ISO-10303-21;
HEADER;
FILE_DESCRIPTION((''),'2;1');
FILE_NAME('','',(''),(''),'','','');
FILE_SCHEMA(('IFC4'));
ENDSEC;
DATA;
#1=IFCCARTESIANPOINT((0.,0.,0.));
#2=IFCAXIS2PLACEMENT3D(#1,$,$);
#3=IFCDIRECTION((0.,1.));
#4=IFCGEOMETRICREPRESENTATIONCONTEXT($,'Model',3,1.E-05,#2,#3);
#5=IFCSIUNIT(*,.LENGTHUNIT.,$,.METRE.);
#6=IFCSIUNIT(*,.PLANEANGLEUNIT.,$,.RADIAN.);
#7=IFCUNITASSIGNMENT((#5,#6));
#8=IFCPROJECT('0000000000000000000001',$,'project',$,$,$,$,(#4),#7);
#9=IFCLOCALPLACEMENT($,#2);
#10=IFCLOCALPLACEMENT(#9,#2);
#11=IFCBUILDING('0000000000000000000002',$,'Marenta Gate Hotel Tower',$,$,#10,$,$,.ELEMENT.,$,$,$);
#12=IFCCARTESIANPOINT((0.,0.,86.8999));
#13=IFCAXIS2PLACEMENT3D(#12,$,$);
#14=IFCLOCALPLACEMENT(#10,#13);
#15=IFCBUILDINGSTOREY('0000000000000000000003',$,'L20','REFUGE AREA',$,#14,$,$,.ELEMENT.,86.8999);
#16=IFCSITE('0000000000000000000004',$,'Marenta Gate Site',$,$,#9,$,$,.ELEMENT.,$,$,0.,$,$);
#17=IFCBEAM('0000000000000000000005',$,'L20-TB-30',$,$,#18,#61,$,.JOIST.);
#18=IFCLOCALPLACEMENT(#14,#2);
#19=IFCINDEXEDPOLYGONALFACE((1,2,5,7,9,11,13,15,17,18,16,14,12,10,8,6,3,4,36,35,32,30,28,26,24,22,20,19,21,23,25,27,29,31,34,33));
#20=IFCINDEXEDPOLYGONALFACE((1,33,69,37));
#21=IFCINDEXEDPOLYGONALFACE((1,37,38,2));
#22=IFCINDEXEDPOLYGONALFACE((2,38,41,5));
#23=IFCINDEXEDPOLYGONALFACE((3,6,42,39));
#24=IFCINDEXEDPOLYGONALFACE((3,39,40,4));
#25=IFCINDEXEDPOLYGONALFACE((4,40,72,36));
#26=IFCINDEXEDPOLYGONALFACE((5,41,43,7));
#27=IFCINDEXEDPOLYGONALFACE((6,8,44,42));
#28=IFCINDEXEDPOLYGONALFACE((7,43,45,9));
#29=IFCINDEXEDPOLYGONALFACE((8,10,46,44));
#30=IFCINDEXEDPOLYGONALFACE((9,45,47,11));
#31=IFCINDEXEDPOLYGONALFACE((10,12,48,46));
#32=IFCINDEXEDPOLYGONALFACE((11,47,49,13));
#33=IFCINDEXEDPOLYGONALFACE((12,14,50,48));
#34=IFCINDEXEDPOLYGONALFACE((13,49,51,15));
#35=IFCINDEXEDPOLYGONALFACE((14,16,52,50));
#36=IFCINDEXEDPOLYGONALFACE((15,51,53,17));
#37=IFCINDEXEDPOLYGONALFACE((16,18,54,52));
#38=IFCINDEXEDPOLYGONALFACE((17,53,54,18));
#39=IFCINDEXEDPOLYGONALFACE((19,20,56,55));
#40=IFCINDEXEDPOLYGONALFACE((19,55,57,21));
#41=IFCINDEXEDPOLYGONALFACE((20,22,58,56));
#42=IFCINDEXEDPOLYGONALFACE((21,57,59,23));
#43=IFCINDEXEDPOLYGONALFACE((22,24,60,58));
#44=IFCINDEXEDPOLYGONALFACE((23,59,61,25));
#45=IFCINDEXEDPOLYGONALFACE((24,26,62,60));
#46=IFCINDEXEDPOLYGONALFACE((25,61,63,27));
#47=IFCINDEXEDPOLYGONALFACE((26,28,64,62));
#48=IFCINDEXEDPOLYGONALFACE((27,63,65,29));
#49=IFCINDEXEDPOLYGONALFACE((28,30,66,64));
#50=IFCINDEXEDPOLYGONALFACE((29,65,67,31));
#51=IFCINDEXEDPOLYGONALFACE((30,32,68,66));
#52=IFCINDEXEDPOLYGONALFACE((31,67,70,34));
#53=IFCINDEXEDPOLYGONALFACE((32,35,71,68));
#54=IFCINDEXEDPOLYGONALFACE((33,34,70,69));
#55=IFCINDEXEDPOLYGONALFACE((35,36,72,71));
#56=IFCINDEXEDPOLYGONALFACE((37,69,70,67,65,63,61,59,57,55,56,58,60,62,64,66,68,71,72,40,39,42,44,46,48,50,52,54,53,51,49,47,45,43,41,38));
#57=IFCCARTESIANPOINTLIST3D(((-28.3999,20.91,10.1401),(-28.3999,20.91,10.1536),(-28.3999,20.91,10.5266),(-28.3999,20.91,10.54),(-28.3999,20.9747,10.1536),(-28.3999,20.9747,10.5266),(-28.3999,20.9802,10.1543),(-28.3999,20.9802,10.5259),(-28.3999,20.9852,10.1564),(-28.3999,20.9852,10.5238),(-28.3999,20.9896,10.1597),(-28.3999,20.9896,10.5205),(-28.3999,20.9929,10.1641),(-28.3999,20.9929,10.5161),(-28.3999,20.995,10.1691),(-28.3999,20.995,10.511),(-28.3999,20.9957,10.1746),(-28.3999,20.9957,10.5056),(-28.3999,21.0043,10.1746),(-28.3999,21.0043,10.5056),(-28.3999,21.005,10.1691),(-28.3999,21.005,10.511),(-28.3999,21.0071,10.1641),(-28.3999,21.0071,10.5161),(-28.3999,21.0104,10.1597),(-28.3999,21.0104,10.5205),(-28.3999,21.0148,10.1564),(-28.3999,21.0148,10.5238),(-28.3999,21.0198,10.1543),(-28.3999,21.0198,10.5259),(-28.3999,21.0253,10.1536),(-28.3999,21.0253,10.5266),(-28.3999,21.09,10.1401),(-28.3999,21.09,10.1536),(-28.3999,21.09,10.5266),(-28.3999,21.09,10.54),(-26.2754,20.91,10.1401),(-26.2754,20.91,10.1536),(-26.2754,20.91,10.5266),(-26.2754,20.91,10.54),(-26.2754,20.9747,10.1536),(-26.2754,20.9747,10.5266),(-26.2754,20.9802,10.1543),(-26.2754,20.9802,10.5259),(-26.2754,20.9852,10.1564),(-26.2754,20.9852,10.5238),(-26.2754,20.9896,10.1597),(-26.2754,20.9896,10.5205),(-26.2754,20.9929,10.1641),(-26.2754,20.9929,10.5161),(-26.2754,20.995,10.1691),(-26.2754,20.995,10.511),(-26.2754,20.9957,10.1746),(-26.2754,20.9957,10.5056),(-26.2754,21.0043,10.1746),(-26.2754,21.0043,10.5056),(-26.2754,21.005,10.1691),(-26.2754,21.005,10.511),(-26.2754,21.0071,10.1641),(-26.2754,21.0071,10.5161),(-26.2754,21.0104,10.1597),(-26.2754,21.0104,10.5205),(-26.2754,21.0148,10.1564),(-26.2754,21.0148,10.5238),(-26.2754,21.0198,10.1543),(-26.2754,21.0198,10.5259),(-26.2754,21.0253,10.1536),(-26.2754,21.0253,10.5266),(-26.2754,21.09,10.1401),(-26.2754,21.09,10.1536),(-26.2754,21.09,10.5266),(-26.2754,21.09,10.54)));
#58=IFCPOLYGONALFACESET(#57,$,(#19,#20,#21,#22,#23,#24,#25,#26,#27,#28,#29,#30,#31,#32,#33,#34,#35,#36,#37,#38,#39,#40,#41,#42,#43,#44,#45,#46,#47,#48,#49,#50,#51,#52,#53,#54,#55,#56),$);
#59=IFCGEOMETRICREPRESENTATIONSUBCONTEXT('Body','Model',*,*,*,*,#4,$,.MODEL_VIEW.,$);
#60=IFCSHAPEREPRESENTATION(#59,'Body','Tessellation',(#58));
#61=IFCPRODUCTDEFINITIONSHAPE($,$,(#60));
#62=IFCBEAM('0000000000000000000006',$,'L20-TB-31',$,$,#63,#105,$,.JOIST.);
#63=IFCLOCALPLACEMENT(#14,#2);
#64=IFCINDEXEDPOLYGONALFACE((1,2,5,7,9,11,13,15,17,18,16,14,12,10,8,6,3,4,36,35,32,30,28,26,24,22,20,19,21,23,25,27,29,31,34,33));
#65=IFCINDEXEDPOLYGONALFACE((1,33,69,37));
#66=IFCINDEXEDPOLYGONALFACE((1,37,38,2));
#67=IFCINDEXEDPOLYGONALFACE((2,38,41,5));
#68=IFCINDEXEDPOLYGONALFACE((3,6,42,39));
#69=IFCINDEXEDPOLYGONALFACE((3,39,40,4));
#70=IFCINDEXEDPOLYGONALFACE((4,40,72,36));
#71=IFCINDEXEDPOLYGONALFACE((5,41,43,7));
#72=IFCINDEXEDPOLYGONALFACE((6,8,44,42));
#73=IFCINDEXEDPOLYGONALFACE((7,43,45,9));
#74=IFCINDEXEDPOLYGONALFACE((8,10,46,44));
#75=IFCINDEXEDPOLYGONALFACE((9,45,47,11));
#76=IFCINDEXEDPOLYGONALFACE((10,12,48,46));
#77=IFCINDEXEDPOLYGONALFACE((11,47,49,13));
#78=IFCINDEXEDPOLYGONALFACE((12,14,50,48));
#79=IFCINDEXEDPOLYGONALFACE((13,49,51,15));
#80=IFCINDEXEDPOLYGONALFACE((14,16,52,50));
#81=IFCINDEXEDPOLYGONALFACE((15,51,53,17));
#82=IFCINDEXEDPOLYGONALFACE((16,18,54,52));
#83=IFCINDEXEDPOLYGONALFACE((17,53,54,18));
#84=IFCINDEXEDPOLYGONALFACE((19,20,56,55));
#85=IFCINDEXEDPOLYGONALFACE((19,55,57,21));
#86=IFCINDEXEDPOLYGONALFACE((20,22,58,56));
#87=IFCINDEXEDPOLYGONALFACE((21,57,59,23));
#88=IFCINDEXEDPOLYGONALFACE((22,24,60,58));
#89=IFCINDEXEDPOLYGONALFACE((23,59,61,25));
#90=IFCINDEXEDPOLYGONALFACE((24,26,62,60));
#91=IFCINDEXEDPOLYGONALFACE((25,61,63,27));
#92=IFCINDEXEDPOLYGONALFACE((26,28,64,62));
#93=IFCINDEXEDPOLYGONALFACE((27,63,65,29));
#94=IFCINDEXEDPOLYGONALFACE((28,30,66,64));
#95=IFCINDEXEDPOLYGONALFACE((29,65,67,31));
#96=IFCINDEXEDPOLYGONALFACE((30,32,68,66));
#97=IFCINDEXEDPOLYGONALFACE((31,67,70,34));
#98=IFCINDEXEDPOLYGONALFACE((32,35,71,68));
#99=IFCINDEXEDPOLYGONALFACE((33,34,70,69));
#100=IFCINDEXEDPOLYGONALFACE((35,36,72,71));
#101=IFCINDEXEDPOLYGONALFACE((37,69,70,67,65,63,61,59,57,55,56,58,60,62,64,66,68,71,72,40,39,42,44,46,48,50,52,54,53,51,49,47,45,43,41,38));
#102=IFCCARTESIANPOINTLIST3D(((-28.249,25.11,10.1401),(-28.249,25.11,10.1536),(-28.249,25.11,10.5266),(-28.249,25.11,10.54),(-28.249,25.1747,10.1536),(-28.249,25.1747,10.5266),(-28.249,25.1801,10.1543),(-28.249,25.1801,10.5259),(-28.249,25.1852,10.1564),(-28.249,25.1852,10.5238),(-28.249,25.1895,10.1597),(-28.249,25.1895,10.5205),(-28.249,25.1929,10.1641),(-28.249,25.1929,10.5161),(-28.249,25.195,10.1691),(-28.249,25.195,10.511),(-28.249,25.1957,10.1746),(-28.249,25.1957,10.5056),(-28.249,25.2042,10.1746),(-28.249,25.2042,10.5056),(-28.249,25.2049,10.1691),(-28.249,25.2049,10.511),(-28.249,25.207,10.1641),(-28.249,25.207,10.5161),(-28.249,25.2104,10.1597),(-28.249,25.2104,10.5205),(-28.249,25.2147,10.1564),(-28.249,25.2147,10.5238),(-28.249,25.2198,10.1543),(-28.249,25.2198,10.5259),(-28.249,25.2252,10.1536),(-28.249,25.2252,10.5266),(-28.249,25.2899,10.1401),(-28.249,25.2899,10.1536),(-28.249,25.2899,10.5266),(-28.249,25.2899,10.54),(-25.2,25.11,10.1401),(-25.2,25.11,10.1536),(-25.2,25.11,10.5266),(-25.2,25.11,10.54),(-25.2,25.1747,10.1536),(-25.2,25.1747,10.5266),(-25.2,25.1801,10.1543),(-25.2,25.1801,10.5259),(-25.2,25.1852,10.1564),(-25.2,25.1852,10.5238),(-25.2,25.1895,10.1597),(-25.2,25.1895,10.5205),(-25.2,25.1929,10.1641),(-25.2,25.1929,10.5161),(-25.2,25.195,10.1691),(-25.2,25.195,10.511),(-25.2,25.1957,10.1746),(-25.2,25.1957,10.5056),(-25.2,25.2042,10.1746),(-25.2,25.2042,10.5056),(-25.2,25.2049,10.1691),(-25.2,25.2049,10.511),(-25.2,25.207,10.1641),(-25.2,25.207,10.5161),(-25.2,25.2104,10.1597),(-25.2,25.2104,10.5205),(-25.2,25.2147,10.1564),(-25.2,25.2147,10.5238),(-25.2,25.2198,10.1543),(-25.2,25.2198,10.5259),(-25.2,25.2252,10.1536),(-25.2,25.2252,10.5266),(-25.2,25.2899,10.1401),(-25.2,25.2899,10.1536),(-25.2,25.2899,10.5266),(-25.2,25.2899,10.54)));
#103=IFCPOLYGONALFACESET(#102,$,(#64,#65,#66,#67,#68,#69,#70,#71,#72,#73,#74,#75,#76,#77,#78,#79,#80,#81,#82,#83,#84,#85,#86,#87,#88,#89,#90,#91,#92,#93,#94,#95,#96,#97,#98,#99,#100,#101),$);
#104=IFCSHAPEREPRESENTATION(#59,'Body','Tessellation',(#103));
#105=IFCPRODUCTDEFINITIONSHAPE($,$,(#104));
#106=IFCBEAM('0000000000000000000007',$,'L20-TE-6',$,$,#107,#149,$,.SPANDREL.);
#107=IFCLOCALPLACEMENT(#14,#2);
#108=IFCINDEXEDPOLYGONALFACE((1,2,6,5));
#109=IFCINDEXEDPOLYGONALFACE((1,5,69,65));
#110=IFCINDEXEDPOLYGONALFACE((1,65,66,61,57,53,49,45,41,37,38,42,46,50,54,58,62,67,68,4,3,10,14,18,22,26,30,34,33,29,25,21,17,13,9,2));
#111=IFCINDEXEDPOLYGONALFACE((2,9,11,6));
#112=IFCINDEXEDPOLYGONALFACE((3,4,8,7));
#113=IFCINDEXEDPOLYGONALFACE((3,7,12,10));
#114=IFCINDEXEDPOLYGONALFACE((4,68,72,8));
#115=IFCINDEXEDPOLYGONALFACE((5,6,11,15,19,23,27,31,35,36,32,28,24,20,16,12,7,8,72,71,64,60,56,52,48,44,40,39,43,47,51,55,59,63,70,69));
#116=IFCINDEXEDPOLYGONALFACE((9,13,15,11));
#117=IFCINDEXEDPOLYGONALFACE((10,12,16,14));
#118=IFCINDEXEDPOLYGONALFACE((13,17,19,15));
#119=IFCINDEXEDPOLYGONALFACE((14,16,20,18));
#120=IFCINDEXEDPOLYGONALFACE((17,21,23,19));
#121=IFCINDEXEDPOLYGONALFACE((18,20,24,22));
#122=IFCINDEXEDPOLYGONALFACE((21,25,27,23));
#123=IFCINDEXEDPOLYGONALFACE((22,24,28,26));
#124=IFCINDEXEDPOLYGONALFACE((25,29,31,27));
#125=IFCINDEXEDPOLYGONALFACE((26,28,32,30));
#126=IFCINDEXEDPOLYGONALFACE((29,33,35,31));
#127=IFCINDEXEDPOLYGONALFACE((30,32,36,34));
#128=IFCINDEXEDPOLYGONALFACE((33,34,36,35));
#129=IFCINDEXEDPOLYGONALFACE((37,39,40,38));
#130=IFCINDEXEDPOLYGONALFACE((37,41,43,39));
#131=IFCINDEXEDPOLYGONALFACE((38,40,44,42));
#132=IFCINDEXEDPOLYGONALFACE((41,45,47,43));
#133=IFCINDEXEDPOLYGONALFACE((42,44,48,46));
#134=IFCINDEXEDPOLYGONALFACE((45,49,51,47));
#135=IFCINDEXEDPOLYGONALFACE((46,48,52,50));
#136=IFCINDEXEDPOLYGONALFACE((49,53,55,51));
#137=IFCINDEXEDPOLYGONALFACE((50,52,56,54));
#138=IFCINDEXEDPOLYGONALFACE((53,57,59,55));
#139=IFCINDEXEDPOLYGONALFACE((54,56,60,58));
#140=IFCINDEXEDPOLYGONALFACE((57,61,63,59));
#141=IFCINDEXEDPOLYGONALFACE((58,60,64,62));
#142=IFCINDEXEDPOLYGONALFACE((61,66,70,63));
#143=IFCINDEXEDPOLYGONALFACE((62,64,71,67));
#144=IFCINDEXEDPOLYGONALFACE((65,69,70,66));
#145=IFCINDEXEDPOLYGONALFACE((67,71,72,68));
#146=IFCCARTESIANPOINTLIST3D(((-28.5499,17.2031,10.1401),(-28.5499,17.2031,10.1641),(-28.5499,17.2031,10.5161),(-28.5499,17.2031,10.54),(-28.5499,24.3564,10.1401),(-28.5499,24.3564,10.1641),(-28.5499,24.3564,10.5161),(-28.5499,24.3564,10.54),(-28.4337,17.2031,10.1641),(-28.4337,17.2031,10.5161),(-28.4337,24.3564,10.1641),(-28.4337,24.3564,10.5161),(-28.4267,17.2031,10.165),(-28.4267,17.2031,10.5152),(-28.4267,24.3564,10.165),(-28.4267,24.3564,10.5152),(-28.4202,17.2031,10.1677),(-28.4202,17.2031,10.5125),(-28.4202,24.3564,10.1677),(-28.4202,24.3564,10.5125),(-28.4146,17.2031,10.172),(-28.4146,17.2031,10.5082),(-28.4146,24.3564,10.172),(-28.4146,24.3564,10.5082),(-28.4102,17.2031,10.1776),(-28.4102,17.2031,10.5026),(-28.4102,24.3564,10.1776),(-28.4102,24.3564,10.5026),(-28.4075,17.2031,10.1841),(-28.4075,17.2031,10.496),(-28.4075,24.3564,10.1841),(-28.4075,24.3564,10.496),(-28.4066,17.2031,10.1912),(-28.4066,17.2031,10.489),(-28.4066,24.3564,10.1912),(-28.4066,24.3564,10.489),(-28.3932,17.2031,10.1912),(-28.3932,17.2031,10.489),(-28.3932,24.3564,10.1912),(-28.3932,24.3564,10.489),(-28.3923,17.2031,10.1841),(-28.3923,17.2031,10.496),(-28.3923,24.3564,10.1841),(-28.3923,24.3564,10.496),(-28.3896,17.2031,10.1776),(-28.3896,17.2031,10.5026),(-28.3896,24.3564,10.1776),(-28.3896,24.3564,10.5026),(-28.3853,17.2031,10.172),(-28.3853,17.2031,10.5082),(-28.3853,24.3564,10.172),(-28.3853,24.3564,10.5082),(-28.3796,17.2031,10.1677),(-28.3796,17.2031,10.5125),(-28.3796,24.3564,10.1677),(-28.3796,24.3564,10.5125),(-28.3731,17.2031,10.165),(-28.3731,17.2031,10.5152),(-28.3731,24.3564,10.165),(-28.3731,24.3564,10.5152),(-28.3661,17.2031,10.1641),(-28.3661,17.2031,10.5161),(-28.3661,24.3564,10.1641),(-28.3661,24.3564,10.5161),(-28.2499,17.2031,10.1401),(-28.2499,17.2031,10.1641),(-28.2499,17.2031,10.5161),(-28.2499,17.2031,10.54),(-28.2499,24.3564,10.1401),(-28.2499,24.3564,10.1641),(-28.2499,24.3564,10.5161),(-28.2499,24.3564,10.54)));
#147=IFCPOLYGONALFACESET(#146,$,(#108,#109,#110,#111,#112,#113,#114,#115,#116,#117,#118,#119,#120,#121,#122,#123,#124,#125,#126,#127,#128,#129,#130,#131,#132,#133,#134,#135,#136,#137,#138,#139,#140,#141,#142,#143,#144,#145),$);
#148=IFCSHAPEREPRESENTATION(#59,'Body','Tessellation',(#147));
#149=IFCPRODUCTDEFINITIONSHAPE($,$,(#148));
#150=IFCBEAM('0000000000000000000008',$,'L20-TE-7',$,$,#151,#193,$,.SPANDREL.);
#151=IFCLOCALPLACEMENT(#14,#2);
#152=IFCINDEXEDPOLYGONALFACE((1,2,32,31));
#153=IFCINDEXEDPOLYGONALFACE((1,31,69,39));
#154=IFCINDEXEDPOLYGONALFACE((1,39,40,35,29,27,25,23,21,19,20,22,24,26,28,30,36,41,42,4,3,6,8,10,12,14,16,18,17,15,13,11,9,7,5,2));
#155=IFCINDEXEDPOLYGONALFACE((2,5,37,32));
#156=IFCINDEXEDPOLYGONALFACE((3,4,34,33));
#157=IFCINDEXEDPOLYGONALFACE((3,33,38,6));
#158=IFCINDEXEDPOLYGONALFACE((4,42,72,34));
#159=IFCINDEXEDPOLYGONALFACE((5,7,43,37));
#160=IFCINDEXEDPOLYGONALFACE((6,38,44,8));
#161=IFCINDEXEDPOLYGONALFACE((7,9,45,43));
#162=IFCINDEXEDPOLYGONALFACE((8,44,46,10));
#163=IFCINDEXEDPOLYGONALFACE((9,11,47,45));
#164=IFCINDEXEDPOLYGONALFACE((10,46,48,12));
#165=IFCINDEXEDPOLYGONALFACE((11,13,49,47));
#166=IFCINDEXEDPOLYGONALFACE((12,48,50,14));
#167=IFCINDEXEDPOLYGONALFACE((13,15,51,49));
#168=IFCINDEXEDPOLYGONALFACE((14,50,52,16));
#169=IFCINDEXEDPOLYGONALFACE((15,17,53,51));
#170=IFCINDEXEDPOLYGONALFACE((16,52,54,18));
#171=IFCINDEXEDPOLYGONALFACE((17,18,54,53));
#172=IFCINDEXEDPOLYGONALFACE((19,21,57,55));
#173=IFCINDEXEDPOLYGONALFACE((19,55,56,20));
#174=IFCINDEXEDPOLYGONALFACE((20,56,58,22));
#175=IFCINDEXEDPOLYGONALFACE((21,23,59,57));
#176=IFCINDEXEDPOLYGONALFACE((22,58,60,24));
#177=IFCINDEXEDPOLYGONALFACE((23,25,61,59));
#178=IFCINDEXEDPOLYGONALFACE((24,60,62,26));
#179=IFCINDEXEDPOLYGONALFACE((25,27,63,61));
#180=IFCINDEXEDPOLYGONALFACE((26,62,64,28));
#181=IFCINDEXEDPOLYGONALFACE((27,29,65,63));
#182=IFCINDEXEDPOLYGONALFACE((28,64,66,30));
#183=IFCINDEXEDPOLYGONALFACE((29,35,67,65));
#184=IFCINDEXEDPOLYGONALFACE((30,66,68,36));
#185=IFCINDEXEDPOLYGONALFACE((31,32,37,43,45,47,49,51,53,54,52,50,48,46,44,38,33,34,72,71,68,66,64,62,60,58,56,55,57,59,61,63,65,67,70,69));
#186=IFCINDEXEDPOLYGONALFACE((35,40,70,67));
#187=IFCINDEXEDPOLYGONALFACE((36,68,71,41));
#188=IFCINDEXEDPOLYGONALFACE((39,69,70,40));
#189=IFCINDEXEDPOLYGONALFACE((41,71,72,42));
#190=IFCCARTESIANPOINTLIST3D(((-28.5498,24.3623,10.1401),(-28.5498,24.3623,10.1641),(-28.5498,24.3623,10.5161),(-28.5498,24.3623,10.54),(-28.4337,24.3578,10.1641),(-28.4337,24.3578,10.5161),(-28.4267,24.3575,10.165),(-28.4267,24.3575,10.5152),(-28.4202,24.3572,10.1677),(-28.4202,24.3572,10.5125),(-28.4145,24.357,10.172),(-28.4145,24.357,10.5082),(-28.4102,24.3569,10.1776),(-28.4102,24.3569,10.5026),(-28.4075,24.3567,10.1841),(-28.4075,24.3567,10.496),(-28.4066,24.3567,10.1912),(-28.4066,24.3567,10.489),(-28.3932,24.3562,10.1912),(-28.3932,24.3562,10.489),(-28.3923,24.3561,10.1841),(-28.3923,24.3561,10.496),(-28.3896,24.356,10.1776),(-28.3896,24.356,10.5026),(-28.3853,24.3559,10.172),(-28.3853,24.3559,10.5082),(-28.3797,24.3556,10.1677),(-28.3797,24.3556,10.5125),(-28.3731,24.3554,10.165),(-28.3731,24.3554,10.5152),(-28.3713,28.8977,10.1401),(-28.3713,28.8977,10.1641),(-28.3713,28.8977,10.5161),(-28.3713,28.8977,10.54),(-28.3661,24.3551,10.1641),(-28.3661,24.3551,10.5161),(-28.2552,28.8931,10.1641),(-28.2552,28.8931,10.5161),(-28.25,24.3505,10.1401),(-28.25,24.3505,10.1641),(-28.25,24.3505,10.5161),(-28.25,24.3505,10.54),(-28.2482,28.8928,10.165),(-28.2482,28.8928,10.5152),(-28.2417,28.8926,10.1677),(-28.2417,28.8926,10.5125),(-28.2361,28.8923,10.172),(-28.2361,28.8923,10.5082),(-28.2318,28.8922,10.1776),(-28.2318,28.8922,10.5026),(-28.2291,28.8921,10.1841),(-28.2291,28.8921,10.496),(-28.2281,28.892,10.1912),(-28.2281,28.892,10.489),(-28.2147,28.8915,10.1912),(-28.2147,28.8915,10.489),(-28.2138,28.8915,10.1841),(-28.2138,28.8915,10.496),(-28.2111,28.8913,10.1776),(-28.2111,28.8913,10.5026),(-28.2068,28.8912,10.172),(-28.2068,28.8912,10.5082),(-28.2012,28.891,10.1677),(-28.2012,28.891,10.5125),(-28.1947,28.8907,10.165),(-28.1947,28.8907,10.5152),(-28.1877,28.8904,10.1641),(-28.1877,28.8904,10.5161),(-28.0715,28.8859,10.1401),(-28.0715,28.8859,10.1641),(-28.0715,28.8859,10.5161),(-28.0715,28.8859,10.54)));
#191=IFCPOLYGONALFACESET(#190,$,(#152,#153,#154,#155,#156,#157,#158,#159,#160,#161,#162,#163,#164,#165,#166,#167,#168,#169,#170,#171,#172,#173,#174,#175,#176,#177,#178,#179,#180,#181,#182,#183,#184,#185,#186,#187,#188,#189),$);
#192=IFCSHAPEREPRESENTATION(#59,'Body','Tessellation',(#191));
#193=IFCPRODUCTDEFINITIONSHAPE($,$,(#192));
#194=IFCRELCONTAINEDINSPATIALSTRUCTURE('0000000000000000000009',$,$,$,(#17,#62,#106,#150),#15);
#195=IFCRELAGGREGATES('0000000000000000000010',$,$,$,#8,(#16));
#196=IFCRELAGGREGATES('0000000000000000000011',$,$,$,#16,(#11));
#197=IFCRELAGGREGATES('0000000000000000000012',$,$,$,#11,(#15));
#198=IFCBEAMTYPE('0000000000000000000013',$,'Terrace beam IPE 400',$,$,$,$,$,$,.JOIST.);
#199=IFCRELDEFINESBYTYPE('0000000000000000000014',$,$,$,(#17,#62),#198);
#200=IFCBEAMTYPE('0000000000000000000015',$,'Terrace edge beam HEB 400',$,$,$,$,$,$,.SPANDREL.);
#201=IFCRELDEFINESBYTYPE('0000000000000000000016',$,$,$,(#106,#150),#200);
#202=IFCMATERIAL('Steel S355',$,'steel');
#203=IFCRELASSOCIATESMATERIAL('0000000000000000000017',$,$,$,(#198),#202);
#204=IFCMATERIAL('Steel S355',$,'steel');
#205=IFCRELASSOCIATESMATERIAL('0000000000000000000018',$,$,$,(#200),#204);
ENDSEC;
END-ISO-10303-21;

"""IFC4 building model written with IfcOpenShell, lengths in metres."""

from ifc_helpers import new_model, si_unit, direction, frame, origin, origin_2d, place, context, subcontext, project, spatial, i_section, extrude, material, material_profile, profile_set, type_object, element, save


model = new_model("IFC4")

# Units and contexts
model_context = context("Model", 3, precision=1e-05, world=origin(), true_north=direction((0.0, 1.0)))
body_context = subcontext(model_context, "Body", "Model", "MODEL_VIEW")
ifc_project = project(units=[si_unit("LENGTHUNIT", "METRE"), si_unit("PLANEANGLEUNIT", "RADIAN")], contexts=[model_context])

# Site, building, storey
site_placement = place(None, origin())
site = spatial("IfcSite", under=ifc_project, at=site_placement, Name="Marenta Gate Site", CompositionType="ELEMENT", RefElevation=0.0)
building_placement = place(site_placement, origin())
building = spatial("IfcBuilding", under=site, at=building_placement, Name="Marenta Gate Hotel Tower", CompositionType="ELEMENT")
storey_placement = place(building_placement, frame((0.0, 0.0, 86.8999)))
storey = spatial("IfcBuildingStorey", under=building, at=storey_placement, Name="L20", Description="REFUGE AREA", CompositionType="ELEMENT", Elevation=86.8999)

# Beams
ifc_material_1 = material(Name="Steel S355", Category="steel")
ifc_material_profile_1 = material_profile(ifc_material_1, i_section(OverallWidth=0.1799, OverallDepth=0.3999, WebThickness=0.0085, FlangeThickness=0.0134, FilletRadius=0.021, at=origin_2d()), Name="IPE 400")
ifc_profile_set_1 = profile_set([ifc_material_profile_1], Name="Steel S355")
beam_type_1 = type_object("IfcBeamType", Name="Terrace beam IPE 400", PredefinedType="JOIST", material=ifc_profile_set_1)
beam_1_placement = place(storey_placement, frame((-28.3999, 21.0, 10.3401), z_axis=(1.0, 0.0, 0.0), x_axis=(0.0, 1.0, 0.0)))
element("IfcBeam", 1, at=beam_1_placement, inside=storey, type_object=beam_type_1, Name="L20-TB-30", PredefinedType="JOIST", context=body_context, shape_type="SweptSolid", body=[
    extrude(i_section(OverallWidth=0.1799, OverallDepth=0.3999, WebThickness=0.0085, FlangeThickness=0.0134, FilletRadius=0.021, at=origin_2d()), origin(), (0.0, 0.0, 1.0), 2.1245),
])
beam_2_placement = place(storey_placement, frame((-28.249, 25.2, 10.3401), z_axis=(1.0, 0.0, 0.0), x_axis=(0.0, 1.0, 0.0)))
element("IfcBeam", 2, at=beam_2_placement, inside=storey, type_object=beam_type_1, Name="L20-TB-31", PredefinedType="JOIST", context=body_context, shape_type="SweptSolid", body=[
    extrude(i_section(OverallWidth=0.1799, OverallDepth=0.3999, WebThickness=0.0085, FlangeThickness=0.0134, FilletRadius=0.021, at=origin_2d()), origin(), (0.0, 0.0, 1.0), 3.0491),
])
ifc_material_2 = material(Name="Steel S355", Category="steel")
ifc_material_profile_2 = material_profile(ifc_material_2, i_section(OverallWidth=0.3, OverallDepth=0.3999, WebThickness=0.0134, FlangeThickness=0.0239, FilletRadius=0.0271, at=origin_2d()), Name="HEB 400")
ifc_profile_set_2 = profile_set([ifc_material_profile_2], Name="Steel S355")
beam_type_2 = type_object("IfcBeamType", Name="Terrace edge beam HEB 400", PredefinedType="SPANDREL", material=ifc_profile_set_2)
beam_3_placement = place(storey_placement, frame((-28.3999, 17.2031, 10.3401), z_axis=(0.0, 1.0, 0.0), x_axis=(-1.0, 0.0, 0.0)))
element("IfcBeam", 3, at=beam_3_placement, inside=storey, type_object=beam_type_2, Name="L20-TE-6", PredefinedType="SPANDREL", context=body_context, shape_type="SweptSolid", body=[
    extrude(i_section(OverallWidth=0.3, OverallDepth=0.3999, WebThickness=0.0134, FlangeThickness=0.0239, FilletRadius=0.0271, at=origin_2d()), origin(), (0.0, 0.0, 1.0), 7.1533),
])
beam_4_placement = place(storey_placement, frame((-28.3999, 24.3564, 10.3401), z_axis=(0.039319, 0.999227, 0.0), x_axis=(-0.999227, 0.039319, 0.0)))
element("IfcBeam", 4, at=beam_4_placement, inside=storey, type_object=beam_type_2, Name="L20-TE-7", PredefinedType="SPANDREL", context=body_context, shape_type="SweptSolid", body=[
    extrude(i_section(OverallWidth=0.3, OverallDepth=0.3999, WebThickness=0.0134, FlangeThickness=0.0239, FilletRadius=0.0271, at=origin_2d()), origin(), (0.0, 0.0, 1.0), 4.5388),
])

save(model, "model.ifc")
